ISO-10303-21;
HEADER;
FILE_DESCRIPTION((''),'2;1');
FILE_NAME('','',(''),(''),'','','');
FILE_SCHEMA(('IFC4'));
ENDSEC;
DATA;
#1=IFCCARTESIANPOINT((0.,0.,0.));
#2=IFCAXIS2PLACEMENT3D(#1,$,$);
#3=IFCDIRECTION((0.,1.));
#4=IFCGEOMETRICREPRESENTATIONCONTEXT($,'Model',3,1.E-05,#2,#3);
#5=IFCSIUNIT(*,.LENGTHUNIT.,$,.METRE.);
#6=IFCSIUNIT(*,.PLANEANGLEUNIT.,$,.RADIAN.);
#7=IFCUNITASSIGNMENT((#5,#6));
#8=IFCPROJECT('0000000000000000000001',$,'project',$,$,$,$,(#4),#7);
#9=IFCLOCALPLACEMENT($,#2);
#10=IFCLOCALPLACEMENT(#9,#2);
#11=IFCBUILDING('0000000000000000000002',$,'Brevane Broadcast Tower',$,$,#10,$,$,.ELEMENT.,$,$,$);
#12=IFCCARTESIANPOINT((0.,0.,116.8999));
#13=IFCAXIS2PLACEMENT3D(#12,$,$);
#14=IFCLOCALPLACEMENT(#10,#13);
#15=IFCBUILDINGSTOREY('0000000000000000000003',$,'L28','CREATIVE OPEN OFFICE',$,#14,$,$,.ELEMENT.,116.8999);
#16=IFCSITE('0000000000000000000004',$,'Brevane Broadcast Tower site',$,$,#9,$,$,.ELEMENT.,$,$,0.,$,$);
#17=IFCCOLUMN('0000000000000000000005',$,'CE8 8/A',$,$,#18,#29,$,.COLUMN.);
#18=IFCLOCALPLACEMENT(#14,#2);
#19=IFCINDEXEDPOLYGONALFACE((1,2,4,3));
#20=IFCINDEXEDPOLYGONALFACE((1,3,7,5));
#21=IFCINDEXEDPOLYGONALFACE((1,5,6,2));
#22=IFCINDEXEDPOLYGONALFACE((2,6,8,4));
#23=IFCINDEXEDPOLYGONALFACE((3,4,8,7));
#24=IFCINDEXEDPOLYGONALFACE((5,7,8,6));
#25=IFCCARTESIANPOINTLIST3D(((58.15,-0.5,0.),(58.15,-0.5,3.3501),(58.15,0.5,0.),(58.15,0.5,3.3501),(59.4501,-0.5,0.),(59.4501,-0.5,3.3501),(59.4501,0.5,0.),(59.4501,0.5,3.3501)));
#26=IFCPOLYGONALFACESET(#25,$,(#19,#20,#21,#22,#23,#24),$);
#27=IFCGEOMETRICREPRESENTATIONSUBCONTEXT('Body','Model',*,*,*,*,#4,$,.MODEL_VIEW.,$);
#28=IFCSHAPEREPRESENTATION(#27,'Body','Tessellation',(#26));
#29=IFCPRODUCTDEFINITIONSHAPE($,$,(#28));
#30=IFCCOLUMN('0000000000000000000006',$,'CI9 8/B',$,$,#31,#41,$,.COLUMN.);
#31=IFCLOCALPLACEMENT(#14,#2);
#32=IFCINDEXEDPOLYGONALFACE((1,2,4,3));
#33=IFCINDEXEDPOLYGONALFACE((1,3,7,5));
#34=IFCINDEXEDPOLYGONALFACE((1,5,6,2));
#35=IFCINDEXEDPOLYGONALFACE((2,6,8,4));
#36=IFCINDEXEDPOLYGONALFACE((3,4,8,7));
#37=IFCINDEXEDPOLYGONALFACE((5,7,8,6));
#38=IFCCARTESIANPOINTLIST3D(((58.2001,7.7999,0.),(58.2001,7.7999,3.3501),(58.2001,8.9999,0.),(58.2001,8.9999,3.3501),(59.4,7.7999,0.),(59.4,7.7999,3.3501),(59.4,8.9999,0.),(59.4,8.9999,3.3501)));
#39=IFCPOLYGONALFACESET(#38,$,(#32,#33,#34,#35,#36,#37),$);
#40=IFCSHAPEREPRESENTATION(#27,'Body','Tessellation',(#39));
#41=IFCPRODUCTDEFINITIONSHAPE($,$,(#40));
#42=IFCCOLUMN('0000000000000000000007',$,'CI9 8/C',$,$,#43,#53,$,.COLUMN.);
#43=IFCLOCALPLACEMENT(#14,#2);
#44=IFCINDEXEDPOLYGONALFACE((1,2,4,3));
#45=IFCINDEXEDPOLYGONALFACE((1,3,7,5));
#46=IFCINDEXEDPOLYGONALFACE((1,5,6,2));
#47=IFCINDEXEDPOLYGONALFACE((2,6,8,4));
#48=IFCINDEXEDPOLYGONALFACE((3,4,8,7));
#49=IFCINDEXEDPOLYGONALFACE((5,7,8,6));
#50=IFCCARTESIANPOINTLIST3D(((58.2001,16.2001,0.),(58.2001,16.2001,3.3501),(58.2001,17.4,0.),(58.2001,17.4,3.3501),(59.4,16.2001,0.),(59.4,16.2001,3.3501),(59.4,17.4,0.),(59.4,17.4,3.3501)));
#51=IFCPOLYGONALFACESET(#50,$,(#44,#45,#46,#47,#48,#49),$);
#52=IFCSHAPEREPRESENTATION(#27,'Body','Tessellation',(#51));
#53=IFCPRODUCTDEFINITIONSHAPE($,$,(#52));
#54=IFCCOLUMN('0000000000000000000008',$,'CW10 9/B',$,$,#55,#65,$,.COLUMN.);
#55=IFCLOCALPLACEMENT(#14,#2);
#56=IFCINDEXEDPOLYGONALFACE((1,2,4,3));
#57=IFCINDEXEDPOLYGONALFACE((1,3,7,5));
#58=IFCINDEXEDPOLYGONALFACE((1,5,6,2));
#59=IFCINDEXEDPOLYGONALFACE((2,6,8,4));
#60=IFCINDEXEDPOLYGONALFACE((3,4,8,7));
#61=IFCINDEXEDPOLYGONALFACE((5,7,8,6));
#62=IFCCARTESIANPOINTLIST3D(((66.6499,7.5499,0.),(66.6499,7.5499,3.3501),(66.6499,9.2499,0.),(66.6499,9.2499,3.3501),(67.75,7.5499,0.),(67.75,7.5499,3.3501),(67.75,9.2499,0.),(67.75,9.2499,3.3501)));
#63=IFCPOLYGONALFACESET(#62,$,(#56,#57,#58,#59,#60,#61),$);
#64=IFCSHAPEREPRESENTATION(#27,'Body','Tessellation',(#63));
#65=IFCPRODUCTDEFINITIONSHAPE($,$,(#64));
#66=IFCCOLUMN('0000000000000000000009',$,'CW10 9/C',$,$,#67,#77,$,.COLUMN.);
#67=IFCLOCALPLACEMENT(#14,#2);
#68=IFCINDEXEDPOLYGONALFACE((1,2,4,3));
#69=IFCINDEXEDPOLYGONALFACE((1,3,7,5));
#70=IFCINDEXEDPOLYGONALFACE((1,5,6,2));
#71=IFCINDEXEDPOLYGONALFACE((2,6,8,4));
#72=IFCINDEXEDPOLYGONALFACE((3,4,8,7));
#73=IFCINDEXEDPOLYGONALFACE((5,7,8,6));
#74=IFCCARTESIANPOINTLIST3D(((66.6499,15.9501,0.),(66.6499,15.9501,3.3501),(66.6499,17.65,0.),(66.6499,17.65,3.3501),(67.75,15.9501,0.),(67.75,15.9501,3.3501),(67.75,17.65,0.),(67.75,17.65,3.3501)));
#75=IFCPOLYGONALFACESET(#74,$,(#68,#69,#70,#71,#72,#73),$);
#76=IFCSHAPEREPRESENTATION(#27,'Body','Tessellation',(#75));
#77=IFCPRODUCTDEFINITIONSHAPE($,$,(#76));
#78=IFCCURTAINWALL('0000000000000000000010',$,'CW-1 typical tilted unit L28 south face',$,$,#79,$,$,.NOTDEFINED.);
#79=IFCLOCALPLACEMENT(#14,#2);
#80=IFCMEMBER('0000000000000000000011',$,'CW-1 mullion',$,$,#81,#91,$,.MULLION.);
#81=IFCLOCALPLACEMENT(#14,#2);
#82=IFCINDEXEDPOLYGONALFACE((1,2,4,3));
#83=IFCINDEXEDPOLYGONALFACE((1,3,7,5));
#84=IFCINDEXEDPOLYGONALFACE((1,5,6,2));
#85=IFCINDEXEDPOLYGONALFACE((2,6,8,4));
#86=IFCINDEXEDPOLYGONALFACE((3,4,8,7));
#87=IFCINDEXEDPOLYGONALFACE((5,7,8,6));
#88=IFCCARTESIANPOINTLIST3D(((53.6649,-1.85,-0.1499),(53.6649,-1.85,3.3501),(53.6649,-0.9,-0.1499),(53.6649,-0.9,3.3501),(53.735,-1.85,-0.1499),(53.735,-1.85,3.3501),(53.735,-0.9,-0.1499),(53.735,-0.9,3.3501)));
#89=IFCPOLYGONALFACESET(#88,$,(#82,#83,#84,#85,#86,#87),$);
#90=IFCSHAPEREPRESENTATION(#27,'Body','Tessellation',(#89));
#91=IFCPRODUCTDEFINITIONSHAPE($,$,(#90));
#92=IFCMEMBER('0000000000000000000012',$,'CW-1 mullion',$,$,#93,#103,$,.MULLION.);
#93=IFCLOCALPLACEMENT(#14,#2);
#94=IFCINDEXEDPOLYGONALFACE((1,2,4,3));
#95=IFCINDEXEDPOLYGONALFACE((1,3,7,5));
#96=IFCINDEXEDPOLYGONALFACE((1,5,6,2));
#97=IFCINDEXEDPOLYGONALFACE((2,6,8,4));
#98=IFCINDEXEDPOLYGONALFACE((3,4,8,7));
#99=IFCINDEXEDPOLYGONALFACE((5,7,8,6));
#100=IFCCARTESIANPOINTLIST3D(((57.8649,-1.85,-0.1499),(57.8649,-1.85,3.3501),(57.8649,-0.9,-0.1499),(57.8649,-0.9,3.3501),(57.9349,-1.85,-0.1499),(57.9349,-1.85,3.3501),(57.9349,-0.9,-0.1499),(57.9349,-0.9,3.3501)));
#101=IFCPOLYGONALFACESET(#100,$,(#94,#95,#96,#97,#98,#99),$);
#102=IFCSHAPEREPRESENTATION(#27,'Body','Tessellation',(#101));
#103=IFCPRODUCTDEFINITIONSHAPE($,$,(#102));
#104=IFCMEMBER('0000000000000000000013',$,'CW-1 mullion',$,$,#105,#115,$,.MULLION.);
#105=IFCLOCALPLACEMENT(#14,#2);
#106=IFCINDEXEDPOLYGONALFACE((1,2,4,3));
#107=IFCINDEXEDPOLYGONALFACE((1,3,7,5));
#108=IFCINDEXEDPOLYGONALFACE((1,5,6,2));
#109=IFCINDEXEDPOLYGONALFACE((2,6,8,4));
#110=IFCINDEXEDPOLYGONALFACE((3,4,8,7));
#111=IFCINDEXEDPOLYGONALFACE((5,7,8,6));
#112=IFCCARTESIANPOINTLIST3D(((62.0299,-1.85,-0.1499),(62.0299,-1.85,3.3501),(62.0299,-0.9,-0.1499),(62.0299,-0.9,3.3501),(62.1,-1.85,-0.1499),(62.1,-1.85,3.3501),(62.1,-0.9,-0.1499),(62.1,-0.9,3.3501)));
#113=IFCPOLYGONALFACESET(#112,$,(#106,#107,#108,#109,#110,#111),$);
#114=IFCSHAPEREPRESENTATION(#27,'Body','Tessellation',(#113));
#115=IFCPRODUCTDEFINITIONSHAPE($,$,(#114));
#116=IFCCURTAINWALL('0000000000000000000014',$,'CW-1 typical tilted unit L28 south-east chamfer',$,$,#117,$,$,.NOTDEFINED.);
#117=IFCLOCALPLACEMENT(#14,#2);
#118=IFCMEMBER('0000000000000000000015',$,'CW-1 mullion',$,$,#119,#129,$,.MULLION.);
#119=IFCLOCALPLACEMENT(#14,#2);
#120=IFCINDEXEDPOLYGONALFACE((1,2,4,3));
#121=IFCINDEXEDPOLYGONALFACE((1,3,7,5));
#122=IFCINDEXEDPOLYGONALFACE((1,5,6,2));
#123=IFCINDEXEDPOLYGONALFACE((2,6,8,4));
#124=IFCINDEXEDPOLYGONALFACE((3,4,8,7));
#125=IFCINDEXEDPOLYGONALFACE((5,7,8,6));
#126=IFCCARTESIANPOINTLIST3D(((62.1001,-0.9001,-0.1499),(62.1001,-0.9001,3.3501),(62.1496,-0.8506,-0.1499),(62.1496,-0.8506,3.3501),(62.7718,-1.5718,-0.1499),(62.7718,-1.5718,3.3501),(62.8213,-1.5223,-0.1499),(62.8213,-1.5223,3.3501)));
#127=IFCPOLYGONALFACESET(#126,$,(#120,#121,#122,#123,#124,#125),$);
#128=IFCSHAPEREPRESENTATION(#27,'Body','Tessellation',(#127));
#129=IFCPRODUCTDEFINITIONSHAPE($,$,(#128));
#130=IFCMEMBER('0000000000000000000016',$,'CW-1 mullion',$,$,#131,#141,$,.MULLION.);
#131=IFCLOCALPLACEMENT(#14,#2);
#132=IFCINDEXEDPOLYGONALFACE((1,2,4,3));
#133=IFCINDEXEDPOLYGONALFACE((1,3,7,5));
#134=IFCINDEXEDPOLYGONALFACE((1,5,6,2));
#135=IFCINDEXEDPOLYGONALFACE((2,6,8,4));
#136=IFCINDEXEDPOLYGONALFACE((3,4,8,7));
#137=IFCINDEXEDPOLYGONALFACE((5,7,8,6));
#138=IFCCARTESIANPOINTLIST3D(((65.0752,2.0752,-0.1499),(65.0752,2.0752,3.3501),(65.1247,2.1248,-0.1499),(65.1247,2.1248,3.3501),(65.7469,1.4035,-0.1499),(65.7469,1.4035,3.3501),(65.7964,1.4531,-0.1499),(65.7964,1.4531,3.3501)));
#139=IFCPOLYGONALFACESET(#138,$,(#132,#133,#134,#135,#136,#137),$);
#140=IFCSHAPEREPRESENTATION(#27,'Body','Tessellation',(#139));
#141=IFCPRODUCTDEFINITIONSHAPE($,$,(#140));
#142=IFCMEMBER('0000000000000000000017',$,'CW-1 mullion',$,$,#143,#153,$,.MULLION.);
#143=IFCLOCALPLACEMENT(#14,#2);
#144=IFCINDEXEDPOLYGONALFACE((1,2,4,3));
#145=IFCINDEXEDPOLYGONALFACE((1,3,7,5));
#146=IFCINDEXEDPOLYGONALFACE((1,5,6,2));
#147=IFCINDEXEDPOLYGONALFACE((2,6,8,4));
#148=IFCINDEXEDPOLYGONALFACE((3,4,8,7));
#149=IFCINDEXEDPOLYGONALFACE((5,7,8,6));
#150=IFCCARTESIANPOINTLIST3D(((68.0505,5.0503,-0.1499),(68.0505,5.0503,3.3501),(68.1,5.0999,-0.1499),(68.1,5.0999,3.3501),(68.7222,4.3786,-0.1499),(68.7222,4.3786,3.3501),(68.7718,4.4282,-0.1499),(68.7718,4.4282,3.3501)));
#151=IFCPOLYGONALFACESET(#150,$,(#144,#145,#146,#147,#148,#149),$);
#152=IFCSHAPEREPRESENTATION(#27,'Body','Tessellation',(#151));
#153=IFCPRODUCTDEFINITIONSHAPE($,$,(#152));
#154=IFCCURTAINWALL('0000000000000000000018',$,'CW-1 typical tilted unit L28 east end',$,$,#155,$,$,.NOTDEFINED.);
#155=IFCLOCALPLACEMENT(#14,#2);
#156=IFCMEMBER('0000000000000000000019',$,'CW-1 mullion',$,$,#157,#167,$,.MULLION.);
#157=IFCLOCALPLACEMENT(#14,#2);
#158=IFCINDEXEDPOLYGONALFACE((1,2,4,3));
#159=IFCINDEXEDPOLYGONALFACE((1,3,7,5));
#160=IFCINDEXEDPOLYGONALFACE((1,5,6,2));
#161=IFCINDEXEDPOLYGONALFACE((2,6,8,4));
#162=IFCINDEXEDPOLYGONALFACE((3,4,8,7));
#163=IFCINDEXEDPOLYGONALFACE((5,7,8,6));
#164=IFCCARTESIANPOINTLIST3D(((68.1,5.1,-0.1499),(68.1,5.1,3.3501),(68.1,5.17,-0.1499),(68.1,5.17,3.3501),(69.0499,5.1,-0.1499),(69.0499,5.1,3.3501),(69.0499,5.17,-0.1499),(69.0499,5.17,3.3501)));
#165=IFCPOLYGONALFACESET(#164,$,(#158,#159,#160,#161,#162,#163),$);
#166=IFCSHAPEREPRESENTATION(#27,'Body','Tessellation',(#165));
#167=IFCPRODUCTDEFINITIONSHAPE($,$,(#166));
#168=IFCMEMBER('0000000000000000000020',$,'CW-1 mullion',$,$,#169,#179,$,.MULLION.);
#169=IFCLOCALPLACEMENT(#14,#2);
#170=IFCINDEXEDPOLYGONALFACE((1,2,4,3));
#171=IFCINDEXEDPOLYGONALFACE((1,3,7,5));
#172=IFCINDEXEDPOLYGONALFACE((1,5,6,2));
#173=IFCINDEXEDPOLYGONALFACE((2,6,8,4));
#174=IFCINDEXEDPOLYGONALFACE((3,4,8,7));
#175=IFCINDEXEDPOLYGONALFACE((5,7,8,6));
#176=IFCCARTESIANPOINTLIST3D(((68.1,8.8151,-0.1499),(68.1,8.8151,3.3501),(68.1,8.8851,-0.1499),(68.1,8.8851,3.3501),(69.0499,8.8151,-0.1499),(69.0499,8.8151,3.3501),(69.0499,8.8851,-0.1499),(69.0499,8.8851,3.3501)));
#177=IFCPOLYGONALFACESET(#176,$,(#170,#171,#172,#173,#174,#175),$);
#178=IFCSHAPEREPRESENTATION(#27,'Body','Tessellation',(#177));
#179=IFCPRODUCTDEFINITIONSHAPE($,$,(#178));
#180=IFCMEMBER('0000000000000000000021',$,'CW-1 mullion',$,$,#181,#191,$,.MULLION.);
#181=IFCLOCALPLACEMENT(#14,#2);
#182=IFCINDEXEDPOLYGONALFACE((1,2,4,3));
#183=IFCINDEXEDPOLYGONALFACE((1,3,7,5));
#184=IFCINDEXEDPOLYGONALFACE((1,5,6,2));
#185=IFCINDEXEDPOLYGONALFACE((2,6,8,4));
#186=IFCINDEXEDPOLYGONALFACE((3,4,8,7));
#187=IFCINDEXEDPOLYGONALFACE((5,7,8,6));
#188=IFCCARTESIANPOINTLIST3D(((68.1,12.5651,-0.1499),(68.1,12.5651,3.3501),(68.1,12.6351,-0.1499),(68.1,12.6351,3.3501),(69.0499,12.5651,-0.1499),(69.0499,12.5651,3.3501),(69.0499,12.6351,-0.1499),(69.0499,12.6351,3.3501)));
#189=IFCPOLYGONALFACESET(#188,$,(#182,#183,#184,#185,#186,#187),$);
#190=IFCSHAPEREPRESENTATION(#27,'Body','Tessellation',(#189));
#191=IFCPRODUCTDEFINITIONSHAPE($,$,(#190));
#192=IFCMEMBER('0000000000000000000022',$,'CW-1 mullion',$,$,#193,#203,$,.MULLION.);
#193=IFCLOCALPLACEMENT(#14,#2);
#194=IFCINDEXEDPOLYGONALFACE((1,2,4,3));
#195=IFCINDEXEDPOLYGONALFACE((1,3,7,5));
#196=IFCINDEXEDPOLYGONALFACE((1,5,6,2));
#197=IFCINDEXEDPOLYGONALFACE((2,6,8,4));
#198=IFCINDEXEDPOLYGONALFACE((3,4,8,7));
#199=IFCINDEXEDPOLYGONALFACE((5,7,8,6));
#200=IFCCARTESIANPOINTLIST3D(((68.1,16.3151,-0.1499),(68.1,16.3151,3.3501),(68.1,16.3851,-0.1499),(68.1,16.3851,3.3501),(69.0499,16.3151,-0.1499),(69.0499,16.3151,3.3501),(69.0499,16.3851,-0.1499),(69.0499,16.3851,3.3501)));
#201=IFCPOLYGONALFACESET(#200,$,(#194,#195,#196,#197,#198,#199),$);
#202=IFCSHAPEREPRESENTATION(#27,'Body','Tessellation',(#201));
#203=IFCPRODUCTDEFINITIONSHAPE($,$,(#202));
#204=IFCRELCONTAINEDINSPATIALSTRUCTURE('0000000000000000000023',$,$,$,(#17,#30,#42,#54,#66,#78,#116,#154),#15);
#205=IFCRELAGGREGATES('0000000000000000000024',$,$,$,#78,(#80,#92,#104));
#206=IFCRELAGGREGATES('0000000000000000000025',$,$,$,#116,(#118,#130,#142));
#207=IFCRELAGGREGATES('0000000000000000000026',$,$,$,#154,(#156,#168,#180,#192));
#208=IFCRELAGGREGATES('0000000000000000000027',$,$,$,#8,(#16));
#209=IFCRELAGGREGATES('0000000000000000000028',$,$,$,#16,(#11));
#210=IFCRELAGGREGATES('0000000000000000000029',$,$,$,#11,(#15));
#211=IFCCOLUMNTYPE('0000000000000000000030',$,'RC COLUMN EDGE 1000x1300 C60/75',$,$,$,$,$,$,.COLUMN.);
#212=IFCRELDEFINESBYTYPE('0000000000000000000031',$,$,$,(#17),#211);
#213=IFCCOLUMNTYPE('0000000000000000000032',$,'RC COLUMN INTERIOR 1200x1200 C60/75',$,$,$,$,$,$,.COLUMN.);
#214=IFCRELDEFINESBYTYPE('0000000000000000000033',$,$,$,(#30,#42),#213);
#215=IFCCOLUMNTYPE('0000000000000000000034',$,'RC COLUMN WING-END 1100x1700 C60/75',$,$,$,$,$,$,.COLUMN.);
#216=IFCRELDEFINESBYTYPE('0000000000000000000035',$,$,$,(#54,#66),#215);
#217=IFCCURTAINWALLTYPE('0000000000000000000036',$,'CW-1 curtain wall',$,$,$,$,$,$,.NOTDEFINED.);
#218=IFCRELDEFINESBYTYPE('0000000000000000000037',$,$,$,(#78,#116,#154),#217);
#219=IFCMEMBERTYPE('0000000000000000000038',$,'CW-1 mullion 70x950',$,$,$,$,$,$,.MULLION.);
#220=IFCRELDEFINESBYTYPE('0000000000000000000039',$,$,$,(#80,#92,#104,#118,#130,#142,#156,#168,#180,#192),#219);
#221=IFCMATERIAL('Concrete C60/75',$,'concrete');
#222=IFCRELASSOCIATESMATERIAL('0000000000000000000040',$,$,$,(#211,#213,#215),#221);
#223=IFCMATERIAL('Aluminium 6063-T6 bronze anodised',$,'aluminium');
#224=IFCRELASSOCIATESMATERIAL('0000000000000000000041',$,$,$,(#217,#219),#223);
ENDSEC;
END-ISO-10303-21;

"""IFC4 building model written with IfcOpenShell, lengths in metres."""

from ifc_helpers import new_model, si_unit, direction, frame, origin, origin_2d, place, context, subcontext, project, spatial, rectangle, extrude, material, material_profile, profile_set, type_object, element, aggregate, save


model = new_model("IFC4")

# Units and contexts
model_context = context("Model", 3, precision=1e-05, world=origin(), true_north=direction((0.0, 1.0)))
body_context = subcontext(model_context, "Body", "Model", "MODEL_VIEW")
ifc_project = project(units=[si_unit("LENGTHUNIT", "METRE"), si_unit("PLANEANGLEUNIT", "RADIAN")], contexts=[model_context])

# Site, building, storey
site_placement = place(None, origin())
site = spatial("IfcSite", under=ifc_project, at=site_placement, Name="Brevane Broadcast Tower site", CompositionType="ELEMENT", RefElevation=0.0)
building_placement = place(site_placement, origin())
building = spatial("IfcBuilding", under=site, at=building_placement, Name="Brevane Broadcast Tower", CompositionType="ELEMENT")
storey_placement = place(building_placement, frame((0.0, 0.0, 116.8999)))
storey = spatial("IfcBuildingStorey", under=building, at=storey_placement, Name="L28", Description="CREATIVE OPEN OFFICE", CompositionType="ELEMENT", Elevation=116.8999)

# Columns
ifc_material_1 = material(Name="Concrete C60/75", Category="concrete")
ifc_material_profile_1 = material_profile(ifc_material_1, rectangle(XDim=1.0, YDim=1.3, at=origin_2d()), Name="RC 1000x1300")
ifc_profile_set_1 = profile_set([ifc_material_profile_1], Name="Concrete C60/75")
column_type_1 = type_object("IfcColumnType", Name="RC COLUMN EDGE 1000x1300 C60/75", PredefinedType="COLUMN", material=ifc_profile_set_1)
column_placement = place(storey_placement, frame((58.8, 0.0, 0.0), z_axis=(0.0, 0.0, 1.0), x_axis=(0.0, 1.0, 0.0)))
element("IfcColumn", 1, at=column_placement, inside=storey, type_object=column_type_1, Name="CE8 8/A", PredefinedType="COLUMN", context=body_context, shape_type="SweptSolid", body=[
    extrude(rectangle(XDim=1.0, YDim=1.3, at=origin_2d()), origin(), (0.0, 0.0, 1.0), 3.3501),
])
ifc_material_profile_2 = material_profile(ifc_material_1, rectangle(XDim=1.2, YDim=1.2, at=origin_2d()), Name="RC 1200x1200")
ifc_profile_set_2 = profile_set([ifc_material_profile_2], Name="Concrete C60/75")
column_type_2 = type_object("IfcColumnType", Name="RC COLUMN INTERIOR 1200x1200 C60/75", PredefinedType="COLUMN", material=ifc_profile_set_2)
for number, where, z_axis, x_axis, name in (
    (2, (58.8, 8.3999, 0.0), (0.0, 0.0, 1.0), (1.0, 0.0, 0.0), "CI9 8/B"),
    (3, (58.8, 16.8, 0.0), (0.0, 0.0, 1.0), (1.0, 0.0, 0.0), "CI9 8/C"),
):
    element("IfcColumn", number, at=place(storey_placement, frame(where, z_axis=z_axis, x_axis=x_axis)), inside=storey, type_object=column_type_2, Name=name, PredefinedType="COLUMN", context=body_context, shape_type="SweptSolid", body=[
        extrude(rectangle(XDim=1.2, YDim=1.2, at=origin_2d()), origin(), (0.0, 0.0, 1.0), 3.3501),
    ])
ifc_material_profile_3 = material_profile(ifc_material_1, rectangle(XDim=1.1001, YDim=1.7, at=origin_2d()), Name="RC 1100x1700")
ifc_profile_set_3 = profile_set([ifc_material_profile_3], Name="Concrete C60/75")
column_type_3 = type_object("IfcColumnType", Name="RC COLUMN WING-END 1100x1700 C60/75", PredefinedType="COLUMN", material=ifc_profile_set_3)
for number, where, z_axis, x_axis, name in (
    (4, (67.2, 8.3999, 0.0), (0.0, 0.0, 1.0), (1.0, 0.0, 0.0), "CW10 9/B"),
    (5, (67.2, 16.8, 0.0), (0.0, 0.0, 1.0), (1.0, 0.0, 0.0), "CW10 9/C"),
):
    element("IfcColumn", number, at=place(storey_placement, frame(where, z_axis=z_axis, x_axis=x_axis)), inside=storey, type_object=column_type_3, Name=name, PredefinedType="COLUMN", context=body_context, shape_type="SweptSolid", body=[
        extrude(rectangle(XDim=1.1001, YDim=1.7, at=origin_2d()), origin(), (0.0, 0.0, 1.0), 3.3501),
    ])

# Curtain walls, members
ifc_material_2 = material(Name="Aluminium 6063-T6 bronze anodised", Category="aluminium")
curtain_wall_type = type_object("IfcCurtainWallType", Name="CW-1 curtain wall", PredefinedType="NOTDEFINED", material=ifc_material_2)
curtain_wall_1_placement = place(storey_placement, origin())
curtain_wall_1 = element("IfcCurtainWall", 6, at=curtain_wall_1_placement, inside=storey, type_object=curtain_wall_type, Name="CW-1 typical tilted unit L28 south face", PredefinedType="NOTDEFINED")
ifc_material_profile_4 = material_profile(ifc_material_2, rectangle(XDim=0.95, YDim=0.0701, at=origin_2d()), Name="RECT 70x950")
ifc_profile_set_4 = profile_set([ifc_material_profile_4], Name="Aluminium 6063-T6 bronze anodised")
member_type_1 = type_object("IfcMemberType", Name="CW-1 mullion 70x950", PredefinedType="MULLION", material=ifc_profile_set_4)
member_1_placement = place(storey_placement, frame((53.7, -1.375, -0.1499), z_axis=(0.0, 0.0, 1.0), x_axis=(0.0, 1.0, 0.0)))
member_1 = element("IfcMember", 7, at=member_1_placement, type_object=member_type_1, Name="CW-1 mullion", PredefinedType="MULLION", context=body_context, shape_type="SweptSolid", body=[
    extrude(rectangle(XDim=0.95, YDim=0.0701, at=origin_2d()), origin(), (0.0, 0.0, 1.0), 3.5),
])
member_2_placement = place(storey_placement, frame((57.8999, -1.375, -0.1499), z_axis=(0.0, 0.0, 1.0), x_axis=(0.0, 1.0, 0.0)))
member_2 = element("IfcMember", 8, at=member_2_placement, type_object=member_type_1, Name="CW-1 mullion", PredefinedType="MULLION", context=body_context, shape_type="SweptSolid", body=[
    extrude(rectangle(XDim=0.95, YDim=0.0701, at=origin_2d()), origin(), (0.0, 0.0, 1.0), 3.5),
])
member_3_placement = place(storey_placement, frame((62.0649, -1.375, -0.1499), z_axis=(0.0, 0.0, 1.0), x_axis=(0.0, 1.0, 0.0)))
member_3 = element("IfcMember", 9, at=member_3_placement, type_object=member_type_1, Name="CW-1 mullion", PredefinedType="MULLION", context=body_context, shape_type="SweptSolid", body=[
    extrude(rectangle(XDim=0.95, YDim=0.0701, at=origin_2d()), origin(), (0.0, 0.0, 1.0), 3.5),
])
aggregate(curtain_wall_1, [member_1, member_2, member_3])
curtain_wall_2_placement = place(storey_placement, origin())
curtain_wall_2 = element("IfcCurtainWall", 10, at=curtain_wall_2_placement, inside=storey, type_object=curtain_wall_type, Name="CW-1 typical tilted unit L28 south-east chamfer", PredefinedType="NOTDEFINED")
member_4_placement = place(storey_placement, frame((62.4607, -1.2112, -0.1499), z_axis=(0.0, 0.0, 1.0), x_axis=(-0.707107, 0.707107, 0.0)))
member_4 = element("IfcMember", 11, at=member_4_placement, type_object=member_type_1, Name="CW-1 mullion", PredefinedType="MULLION", context=body_context, shape_type="SweptSolid", body=[
    extrude(rectangle(XDim=0.95, YDim=0.0701, at=origin_2d()), origin(), (0.0, 0.0, 1.0), 3.5),
])
member_5_placement = place(storey_placement, frame((65.4358, 1.7642, -0.1499), z_axis=(0.0, 0.0, 1.0), x_axis=(-0.707107, 0.707107, 0.0)))
member_5 = element("IfcMember", 12, at=member_5_placement, type_object=member_type_1, Name="CW-1 mullion", PredefinedType="MULLION", context=body_context, shape_type="SweptSolid", body=[
    extrude(rectangle(XDim=0.95, YDim=0.0701, at=origin_2d()), origin(), (0.0, 0.0, 1.0), 3.5),
])
member_6_placement = place(storey_placement, frame((68.4111, 4.7393, -0.1499), z_axis=(0.0, 0.0, 1.0), x_axis=(-0.707107, 0.707107, 0.0)))
member_6 = element("IfcMember", 13, at=member_6_placement, type_object=member_type_1, Name="CW-1 mullion", PredefinedType="MULLION", context=body_context, shape_type="SweptSolid", body=[
    extrude(rectangle(XDim=0.95, YDim=0.0701, at=origin_2d()), origin(), (0.0, 0.0, 1.0), 3.5),
])
curtain_wall_3_placement = place(storey_placement, origin())
curtain_wall_3 = element("IfcCurtainWall", 14, at=curtain_wall_3_placement, inside=storey, type_object=curtain_wall_type, Name="CW-1 typical tilted unit L28 east end", PredefinedType="NOTDEFINED")
member_7_placement = place(storey_placement, frame((68.575, 5.135, -0.1499), z_axis=(0.0, 0.0, 1.0), x_axis=(-1.0, 0.0, 0.0)))
member_7 = element("IfcMember", 15, at=member_7_placement, type_object=member_type_1, Name="CW-1 mullion", PredefinedType="MULLION", context=body_context, shape_type="SweptSolid", body=[
    extrude(rectangle(XDim=0.95, YDim=0.0701, at=origin_2d()), origin(), (0.0, 0.0, 1.0), 3.5),
])
member_8_placement = place(storey_placement, frame((68.575, 8.8501, -0.1499), z_axis=(0.0, 0.0, 1.0), x_axis=(-1.0, 0.0, 0.0)))
member_8 = element("IfcMember", 16, at=member_8_placement, type_object=member_type_1, Name="CW-1 mullion", PredefinedType="MULLION", context=body_context, shape_type="SweptSolid", body=[
    extrude(rectangle(XDim=0.95, YDim=0.0701, at=origin_2d()), origin(), (0.0, 0.0, 1.0), 3.5),
])
member_9_placement = place(storey_placement, frame((68.575, 12.6001, -0.1499), z_axis=(0.0, 0.0, 1.0), x_axis=(-1.0, 0.0, 0.0)))
member_9 = element("IfcMember", 17, at=member_9_placement, type_object=member_type_1, Name="CW-1 mullion", PredefinedType="MULLION", context=body_context, shape_type="SweptSolid", body=[
    extrude(rectangle(XDim=0.95, YDim=0.0701, at=origin_2d()), origin(), (0.0, 0.0, 1.0), 3.5),
])
member_10_placement = place(storey_placement, frame((68.575, 16.3501, -0.1499), z_axis=(0.0, 0.0, 1.0), x_axis=(-1.0, 0.0, 0.0)))
member_10 = element("IfcMember", 18, at=member_10_placement, type_object=member_type_1, Name="CW-1 mullion", PredefinedType="MULLION", context=body_context, shape_type="SweptSolid", body=[
    extrude(rectangle(XDim=0.95, YDim=0.0701, at=origin_2d()), origin(), (0.0, 0.0, 1.0), 3.5),
])

aggregate(curtain_wall_2, [member_4, member_5, member_6])
aggregate(curtain_wall_3, [member_7, member_8, member_9, member_10])

save(model, "model.ifc")
